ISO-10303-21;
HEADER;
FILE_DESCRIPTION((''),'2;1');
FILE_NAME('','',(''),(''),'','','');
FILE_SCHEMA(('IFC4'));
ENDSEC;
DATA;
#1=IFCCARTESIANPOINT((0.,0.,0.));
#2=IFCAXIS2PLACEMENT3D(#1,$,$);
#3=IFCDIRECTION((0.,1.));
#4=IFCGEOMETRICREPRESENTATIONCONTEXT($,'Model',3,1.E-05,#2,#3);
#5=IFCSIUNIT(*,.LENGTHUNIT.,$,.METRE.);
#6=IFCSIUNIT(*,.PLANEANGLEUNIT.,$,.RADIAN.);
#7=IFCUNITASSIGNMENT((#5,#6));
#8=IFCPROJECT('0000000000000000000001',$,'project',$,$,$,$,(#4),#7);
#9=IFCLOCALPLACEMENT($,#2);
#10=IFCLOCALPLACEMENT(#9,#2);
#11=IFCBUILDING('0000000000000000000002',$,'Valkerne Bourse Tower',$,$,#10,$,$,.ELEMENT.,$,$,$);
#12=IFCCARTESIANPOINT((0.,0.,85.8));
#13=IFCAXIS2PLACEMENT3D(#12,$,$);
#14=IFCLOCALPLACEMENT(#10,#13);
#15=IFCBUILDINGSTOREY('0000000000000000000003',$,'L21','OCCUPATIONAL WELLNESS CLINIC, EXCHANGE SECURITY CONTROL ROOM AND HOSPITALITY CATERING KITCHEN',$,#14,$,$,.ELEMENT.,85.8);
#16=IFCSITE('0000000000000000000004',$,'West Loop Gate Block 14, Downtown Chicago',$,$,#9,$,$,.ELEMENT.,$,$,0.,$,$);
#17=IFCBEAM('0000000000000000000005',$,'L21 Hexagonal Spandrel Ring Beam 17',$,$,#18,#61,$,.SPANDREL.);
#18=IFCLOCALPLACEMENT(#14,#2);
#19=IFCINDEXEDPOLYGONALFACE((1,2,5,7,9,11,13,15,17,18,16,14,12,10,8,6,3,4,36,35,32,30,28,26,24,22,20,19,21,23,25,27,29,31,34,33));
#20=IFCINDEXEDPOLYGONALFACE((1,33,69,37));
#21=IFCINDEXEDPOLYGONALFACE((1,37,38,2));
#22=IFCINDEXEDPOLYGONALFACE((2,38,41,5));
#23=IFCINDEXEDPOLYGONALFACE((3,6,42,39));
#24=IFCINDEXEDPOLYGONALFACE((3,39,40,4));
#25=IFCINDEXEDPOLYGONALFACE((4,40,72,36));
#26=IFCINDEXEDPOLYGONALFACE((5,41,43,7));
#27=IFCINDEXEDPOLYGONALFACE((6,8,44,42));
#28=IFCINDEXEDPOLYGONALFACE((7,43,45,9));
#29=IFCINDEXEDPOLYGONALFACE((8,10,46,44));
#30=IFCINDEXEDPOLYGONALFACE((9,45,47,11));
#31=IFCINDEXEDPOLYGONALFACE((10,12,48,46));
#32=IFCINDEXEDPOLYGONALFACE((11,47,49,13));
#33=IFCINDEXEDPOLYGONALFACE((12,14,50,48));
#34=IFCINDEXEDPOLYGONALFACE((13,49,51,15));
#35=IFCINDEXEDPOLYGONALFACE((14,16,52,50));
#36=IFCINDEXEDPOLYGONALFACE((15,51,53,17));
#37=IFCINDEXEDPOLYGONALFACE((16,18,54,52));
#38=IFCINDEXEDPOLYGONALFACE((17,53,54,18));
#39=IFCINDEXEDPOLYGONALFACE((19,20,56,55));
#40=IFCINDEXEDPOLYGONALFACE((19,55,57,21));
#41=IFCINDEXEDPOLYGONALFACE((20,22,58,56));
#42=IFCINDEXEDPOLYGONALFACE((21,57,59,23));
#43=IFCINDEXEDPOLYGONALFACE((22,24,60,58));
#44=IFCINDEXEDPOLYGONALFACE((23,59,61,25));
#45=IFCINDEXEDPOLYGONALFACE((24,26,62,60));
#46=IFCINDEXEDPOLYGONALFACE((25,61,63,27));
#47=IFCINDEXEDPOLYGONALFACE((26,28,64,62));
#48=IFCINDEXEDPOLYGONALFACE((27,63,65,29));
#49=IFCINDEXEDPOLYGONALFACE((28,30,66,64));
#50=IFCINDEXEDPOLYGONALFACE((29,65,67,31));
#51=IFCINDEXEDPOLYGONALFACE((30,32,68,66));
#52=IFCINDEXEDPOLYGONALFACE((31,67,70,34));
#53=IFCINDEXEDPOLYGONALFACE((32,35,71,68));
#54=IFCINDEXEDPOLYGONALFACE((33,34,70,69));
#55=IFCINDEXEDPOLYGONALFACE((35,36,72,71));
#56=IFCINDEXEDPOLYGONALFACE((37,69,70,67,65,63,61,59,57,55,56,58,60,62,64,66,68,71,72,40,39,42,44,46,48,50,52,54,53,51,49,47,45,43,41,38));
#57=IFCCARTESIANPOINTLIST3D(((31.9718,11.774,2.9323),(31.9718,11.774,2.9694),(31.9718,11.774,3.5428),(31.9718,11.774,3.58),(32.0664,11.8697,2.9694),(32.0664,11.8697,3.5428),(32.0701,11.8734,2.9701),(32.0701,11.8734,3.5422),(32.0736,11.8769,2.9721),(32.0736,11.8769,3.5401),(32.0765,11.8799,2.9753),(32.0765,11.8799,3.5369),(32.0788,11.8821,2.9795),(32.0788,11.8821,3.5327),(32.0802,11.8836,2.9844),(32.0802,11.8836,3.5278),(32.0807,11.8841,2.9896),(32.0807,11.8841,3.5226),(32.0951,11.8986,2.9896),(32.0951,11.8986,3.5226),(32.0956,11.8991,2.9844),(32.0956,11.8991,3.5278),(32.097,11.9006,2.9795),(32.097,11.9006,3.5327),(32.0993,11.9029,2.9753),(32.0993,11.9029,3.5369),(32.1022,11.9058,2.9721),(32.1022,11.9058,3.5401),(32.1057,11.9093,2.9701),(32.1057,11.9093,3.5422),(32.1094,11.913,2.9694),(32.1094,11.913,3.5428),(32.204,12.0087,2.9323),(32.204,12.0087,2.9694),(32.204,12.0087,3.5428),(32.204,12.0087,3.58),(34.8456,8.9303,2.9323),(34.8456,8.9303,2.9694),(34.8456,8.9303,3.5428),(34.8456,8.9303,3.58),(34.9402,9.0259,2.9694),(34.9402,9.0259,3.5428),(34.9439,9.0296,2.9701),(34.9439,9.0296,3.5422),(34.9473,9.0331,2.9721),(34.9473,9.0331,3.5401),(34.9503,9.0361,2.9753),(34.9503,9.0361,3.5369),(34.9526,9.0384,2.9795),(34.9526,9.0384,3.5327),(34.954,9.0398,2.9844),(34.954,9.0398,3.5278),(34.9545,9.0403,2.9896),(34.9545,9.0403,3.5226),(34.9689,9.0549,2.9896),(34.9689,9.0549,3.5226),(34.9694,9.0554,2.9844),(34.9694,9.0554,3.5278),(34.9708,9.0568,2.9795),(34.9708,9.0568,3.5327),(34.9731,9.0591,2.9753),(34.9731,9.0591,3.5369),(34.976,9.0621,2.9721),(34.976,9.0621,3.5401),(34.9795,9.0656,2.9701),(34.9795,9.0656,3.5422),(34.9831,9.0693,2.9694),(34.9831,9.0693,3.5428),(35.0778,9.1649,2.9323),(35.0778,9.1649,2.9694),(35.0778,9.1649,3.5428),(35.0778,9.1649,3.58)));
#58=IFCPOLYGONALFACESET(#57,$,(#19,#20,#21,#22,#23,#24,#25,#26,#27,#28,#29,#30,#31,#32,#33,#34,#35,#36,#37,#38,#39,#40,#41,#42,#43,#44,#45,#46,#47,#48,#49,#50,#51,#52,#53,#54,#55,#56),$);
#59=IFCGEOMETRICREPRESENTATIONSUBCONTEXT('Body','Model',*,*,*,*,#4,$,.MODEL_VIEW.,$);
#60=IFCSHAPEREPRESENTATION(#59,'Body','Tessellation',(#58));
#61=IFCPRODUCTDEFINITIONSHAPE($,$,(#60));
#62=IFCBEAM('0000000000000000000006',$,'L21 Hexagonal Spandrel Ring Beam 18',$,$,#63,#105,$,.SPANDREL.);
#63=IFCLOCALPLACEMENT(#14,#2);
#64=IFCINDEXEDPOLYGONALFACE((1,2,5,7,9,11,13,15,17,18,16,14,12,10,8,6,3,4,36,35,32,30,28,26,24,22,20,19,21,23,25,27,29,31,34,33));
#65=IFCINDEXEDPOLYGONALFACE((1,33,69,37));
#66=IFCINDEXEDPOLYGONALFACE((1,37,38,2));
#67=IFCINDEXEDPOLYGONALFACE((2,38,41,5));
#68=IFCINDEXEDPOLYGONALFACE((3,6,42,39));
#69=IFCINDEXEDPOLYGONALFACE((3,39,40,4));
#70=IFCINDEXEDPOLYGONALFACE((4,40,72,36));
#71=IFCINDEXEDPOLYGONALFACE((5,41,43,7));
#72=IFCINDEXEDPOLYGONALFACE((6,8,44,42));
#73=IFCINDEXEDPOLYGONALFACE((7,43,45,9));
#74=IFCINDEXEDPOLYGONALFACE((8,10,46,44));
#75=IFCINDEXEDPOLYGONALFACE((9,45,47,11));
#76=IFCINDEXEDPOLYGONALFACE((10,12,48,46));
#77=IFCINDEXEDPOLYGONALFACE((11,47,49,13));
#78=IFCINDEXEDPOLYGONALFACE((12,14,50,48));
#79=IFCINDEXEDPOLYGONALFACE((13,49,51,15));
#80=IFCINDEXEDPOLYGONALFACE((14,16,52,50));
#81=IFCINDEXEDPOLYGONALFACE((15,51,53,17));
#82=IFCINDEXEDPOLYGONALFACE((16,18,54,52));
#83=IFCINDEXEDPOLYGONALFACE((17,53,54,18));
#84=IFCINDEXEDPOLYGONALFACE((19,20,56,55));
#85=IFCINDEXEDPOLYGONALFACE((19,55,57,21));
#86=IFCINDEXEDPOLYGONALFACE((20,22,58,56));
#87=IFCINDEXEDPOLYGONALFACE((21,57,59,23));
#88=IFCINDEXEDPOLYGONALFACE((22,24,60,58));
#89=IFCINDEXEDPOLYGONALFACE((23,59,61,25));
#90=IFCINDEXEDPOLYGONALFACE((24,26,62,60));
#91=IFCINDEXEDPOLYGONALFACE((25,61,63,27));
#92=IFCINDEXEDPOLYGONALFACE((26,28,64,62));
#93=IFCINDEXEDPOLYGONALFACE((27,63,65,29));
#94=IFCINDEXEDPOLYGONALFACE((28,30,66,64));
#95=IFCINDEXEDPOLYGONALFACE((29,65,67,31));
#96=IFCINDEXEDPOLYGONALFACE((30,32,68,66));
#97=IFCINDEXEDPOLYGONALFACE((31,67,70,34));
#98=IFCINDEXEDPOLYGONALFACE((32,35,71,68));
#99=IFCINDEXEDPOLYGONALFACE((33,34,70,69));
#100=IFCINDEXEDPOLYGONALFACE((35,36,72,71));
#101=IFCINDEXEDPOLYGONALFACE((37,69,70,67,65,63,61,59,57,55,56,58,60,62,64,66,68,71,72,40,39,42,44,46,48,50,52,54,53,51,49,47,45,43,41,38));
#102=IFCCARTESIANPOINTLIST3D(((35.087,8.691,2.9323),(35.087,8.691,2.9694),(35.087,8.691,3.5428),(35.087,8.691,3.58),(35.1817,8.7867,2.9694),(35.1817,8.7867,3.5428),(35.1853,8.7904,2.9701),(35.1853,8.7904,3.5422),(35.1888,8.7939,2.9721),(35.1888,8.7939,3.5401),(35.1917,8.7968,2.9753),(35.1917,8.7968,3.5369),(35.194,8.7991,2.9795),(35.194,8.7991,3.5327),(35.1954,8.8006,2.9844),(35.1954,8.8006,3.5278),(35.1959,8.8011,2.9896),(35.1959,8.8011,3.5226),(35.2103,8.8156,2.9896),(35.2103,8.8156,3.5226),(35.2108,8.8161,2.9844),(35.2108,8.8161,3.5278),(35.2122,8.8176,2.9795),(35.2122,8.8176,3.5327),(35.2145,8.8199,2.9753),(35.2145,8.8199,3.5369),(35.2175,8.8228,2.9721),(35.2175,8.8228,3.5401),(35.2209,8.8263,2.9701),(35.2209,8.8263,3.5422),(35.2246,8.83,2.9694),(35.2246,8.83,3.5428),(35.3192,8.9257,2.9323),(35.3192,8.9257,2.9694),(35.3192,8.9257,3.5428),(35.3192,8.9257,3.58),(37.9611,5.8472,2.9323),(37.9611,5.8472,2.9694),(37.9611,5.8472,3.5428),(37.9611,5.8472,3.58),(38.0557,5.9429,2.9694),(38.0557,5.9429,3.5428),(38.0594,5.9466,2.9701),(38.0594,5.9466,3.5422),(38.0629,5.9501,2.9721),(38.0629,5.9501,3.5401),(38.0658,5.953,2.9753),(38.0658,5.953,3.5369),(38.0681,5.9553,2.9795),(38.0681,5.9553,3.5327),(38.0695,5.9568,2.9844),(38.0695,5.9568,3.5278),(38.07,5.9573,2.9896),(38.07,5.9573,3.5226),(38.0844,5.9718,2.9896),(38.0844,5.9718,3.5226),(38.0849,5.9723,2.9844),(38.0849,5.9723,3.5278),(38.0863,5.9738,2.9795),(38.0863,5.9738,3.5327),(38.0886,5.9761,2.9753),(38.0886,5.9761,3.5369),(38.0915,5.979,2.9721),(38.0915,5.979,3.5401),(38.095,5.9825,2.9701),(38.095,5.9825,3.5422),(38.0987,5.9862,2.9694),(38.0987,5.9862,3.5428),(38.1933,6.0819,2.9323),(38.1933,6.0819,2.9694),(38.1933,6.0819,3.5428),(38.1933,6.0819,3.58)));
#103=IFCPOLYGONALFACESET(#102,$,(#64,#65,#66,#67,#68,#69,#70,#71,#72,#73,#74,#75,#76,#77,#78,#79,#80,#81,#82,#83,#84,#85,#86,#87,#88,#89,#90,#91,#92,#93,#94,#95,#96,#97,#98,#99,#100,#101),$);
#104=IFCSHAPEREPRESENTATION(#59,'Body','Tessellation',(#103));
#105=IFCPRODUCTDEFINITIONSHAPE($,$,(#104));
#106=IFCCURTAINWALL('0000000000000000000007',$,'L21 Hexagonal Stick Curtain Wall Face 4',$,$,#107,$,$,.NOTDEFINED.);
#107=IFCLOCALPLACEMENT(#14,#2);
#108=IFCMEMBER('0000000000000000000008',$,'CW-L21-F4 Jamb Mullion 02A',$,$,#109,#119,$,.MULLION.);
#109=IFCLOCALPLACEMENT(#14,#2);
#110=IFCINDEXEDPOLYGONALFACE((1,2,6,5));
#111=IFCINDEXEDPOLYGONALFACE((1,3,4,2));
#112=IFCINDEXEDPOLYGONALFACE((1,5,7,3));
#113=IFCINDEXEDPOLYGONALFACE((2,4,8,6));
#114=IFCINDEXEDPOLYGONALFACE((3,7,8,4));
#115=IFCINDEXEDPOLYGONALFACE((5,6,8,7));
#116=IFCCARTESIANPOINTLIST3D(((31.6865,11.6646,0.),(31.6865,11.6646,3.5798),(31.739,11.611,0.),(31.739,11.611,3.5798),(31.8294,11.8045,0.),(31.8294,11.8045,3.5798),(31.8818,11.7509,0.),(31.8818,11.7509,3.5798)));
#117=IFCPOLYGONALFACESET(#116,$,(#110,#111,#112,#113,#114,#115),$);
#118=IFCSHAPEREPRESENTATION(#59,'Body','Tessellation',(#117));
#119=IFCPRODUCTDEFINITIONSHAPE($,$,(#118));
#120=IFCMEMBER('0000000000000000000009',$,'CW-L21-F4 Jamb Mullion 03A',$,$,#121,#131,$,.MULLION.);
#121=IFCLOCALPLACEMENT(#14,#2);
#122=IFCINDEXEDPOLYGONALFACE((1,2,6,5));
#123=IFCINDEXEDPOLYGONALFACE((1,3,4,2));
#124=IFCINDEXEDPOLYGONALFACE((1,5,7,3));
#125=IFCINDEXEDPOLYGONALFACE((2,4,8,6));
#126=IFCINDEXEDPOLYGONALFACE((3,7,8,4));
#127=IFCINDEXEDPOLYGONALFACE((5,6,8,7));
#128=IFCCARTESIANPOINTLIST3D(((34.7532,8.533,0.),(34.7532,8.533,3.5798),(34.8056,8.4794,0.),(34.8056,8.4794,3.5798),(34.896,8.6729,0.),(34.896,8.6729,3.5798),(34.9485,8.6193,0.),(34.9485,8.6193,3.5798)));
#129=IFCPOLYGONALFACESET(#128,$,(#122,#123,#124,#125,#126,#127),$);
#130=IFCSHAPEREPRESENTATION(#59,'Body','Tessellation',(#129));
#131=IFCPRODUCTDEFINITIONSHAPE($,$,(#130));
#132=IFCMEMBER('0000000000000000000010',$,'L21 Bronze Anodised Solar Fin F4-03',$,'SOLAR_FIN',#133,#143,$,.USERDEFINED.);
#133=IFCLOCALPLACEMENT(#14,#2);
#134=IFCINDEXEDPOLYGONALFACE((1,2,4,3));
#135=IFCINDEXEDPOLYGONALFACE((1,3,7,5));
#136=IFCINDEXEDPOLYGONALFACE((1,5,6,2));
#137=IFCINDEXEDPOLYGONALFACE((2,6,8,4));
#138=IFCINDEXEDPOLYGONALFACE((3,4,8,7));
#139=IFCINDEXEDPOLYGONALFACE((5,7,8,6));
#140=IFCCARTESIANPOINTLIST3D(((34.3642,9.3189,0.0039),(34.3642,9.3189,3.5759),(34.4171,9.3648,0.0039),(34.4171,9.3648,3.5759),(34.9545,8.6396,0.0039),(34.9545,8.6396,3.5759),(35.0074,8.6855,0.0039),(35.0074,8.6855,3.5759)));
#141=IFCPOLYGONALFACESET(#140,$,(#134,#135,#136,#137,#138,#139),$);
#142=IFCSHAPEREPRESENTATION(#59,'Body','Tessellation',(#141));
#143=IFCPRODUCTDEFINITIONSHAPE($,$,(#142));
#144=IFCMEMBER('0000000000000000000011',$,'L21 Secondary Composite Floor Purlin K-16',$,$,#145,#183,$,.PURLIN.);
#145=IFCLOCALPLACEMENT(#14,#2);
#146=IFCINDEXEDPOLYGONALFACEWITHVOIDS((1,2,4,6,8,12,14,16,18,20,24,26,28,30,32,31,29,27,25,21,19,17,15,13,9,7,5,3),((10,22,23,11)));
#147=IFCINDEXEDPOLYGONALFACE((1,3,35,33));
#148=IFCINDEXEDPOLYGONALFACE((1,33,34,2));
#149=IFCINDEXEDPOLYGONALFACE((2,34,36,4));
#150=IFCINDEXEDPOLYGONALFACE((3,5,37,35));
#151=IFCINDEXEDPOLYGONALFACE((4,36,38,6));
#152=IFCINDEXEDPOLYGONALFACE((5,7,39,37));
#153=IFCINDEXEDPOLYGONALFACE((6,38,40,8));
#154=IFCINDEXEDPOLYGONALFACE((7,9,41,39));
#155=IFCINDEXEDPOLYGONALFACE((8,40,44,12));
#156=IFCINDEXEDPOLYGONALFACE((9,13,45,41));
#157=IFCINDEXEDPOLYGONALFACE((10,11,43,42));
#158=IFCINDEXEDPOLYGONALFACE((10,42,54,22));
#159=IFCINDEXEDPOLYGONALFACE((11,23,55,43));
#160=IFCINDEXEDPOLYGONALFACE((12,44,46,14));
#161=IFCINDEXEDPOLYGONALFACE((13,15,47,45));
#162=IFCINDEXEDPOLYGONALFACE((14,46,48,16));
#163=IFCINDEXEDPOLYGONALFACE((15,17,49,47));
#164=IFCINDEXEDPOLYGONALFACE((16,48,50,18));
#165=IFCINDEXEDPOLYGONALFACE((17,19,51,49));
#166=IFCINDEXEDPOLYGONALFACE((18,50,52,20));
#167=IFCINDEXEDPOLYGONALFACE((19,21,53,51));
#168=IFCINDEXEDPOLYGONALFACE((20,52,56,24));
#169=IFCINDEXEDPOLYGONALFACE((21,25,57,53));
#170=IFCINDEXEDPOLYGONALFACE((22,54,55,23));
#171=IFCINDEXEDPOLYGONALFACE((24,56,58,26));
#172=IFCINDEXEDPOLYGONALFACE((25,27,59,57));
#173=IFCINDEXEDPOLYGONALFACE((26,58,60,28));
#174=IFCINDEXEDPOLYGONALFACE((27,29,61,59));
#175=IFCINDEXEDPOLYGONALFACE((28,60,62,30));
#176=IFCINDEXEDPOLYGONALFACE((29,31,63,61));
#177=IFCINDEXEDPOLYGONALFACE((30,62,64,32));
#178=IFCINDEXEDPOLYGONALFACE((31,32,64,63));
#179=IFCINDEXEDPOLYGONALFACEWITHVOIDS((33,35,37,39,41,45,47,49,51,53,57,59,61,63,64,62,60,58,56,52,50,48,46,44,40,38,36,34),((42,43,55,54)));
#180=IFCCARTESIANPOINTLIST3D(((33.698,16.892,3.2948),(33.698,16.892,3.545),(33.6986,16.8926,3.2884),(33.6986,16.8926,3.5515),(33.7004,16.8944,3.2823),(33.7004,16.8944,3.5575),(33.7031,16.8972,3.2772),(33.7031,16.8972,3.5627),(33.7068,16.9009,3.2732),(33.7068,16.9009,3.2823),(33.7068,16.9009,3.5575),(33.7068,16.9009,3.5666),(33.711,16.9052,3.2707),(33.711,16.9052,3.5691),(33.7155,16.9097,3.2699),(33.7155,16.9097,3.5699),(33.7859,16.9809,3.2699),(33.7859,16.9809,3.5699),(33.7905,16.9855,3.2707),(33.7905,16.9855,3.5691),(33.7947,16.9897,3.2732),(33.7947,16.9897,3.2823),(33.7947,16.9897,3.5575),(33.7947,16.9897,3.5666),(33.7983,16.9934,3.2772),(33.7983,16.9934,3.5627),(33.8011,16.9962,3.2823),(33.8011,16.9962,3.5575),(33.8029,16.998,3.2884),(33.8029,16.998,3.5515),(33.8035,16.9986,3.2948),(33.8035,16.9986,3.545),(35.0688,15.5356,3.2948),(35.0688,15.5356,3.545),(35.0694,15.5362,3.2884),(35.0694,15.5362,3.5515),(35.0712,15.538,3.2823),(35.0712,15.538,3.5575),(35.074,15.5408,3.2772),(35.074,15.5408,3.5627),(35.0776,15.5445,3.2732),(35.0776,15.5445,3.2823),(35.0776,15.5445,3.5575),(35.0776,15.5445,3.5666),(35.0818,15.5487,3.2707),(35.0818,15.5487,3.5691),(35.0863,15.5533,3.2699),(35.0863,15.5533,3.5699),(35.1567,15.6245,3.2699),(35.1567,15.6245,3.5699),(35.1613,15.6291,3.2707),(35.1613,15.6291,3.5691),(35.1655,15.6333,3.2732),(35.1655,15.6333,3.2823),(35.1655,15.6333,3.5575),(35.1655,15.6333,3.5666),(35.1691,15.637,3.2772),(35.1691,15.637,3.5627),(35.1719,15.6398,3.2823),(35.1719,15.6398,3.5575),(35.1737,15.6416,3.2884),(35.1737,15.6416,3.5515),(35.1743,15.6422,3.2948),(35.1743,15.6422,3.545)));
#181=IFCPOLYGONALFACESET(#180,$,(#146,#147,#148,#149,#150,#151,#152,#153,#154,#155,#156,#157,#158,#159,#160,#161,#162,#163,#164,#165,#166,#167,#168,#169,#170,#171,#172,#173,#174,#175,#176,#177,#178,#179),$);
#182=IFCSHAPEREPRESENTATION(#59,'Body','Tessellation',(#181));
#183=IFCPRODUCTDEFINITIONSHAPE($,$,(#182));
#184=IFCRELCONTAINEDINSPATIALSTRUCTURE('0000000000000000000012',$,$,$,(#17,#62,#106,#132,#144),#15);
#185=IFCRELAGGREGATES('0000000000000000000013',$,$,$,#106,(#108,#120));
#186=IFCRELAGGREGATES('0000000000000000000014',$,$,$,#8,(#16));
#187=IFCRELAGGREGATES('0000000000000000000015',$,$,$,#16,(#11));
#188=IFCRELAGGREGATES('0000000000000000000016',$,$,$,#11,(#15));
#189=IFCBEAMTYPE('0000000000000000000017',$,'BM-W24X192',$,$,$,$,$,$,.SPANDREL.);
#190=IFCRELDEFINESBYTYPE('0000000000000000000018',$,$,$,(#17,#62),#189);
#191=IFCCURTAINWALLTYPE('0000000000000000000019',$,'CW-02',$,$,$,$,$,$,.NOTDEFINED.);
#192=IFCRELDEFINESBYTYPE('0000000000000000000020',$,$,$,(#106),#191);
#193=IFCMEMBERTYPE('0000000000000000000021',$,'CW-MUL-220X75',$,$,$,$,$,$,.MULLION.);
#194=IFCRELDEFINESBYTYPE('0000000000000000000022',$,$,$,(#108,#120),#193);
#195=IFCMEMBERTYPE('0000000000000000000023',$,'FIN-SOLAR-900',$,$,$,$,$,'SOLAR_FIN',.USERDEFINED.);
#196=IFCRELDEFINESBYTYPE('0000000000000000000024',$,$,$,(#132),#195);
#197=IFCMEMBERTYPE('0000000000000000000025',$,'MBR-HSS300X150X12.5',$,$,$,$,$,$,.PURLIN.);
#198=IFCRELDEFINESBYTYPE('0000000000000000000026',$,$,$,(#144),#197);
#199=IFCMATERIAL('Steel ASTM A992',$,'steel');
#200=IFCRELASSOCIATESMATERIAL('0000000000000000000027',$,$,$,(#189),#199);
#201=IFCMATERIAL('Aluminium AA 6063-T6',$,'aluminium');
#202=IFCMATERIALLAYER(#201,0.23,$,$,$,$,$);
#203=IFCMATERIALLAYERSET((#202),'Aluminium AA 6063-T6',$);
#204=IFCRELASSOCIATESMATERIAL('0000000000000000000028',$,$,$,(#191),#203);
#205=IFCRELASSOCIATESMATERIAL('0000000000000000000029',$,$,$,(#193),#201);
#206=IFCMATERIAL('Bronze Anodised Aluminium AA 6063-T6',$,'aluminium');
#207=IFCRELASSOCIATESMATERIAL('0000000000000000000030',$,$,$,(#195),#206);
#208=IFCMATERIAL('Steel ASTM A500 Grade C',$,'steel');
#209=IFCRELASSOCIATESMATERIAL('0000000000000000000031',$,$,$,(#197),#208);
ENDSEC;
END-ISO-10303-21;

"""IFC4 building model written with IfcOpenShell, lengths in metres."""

from ifc_helpers import new_model, si_unit, direction, frame, origin, origin_2d, place, context, subcontext, project, spatial, rectangle, hollow_rectangle, i_section, extrude, material, layer, layer_set, material_profile, profile_set, type_object, element, aggregate, save


model = new_model("IFC4")

# Units and contexts
model_context = context("Model", 3, precision=1e-05, world=origin(), true_north=direction((0.0, 1.0)))
body_context = subcontext(model_context, "Body", "Model", "MODEL_VIEW")
ifc_project = project(units=[si_unit("LENGTHUNIT", "METRE"), si_unit("PLANEANGLEUNIT", "RADIAN")], contexts=[model_context])

# Site, building, storey
site_placement = place(None, origin())
site = spatial("IfcSite", under=ifc_project, at=site_placement, Name="West Loop Gate Block 14, Downtown Chicago", CompositionType="ELEMENT", RefElevation=0.0)
building_placement = place(site_placement, origin())
building = spatial("IfcBuilding", under=site, at=building_placement, Name="Valkerne Bourse Tower", CompositionType="ELEMENT")
storey_placement = place(building_placement, frame((0.0, 0.0, 85.8)))
storey = spatial("IfcBuildingStorey", under=building, at=storey_placement, Name="L21", Description="OCCUPATIONAL WELLNESS CLINIC, EXCHANGE SECURITY CONTROL ROOM AND HOSPITALITY CATERING KITCHEN", CompositionType="ELEMENT", Elevation=85.8)

# Beams
ifc_material_1 = material(Name="Steel ASTM A992", Category="steel")
ifc_material_profile_1 = material_profile(ifc_material_1, i_section(OverallWidth=0.3301, OverallDepth=0.6477, WebThickness=0.0205, FlangeThickness=0.0371, FilletRadius=0.0203, at=origin_2d()), Name="W24X192")
ifc_profile_set_1 = profile_set([ifc_material_profile_1], Name="Steel ASTM A992")
beam_type_1 = type_object("IfcBeamType", Name="BM-W24X192", PredefinedType="SPANDREL", material=ifc_profile_set_1)
beam_1_placement = place(storey_placement, frame((32.0879, 11.8914, 3.2561), z_axis=(0.710811, -0.703383, 0.0), x_axis=(0.703383, 0.710811, 0.0)))
element("IfcBeam", 1, at=beam_1_placement, inside=storey, type_object=beam_type_1, Name="L21 Hexagonal Spandrel Ring Beam 17", PredefinedType="SPANDREL", context=body_context, shape_type="SweptSolid", body=[
    extrude(i_section(OverallWidth=0.3301, OverallDepth=0.6477, WebThickness=0.0205, FlangeThickness=0.0371, FilletRadius=0.0203, at=origin_2d()), origin(), (0.0, 0.0, 1.0), 4.043),
])
beam_2_placement = place(storey_placement, frame((35.2031, 8.8083, 3.2561), z_axis=(0.710841, -0.703353, 0.0), x_axis=(0.703353, 0.710841, 0.0)))
element("IfcBeam", 2, at=beam_2_placement, inside=storey, type_object=beam_type_1, Name="L21 Hexagonal Spandrel Ring Beam 18", PredefinedType="SPANDREL", context=body_context, shape_type="SweptSolid", body=[
    extrude(i_section(OverallWidth=0.3301, OverallDepth=0.6477, WebThickness=0.0205, FlangeThickness=0.0371, FilletRadius=0.0203, at=origin_2d()), origin(), (0.0, 0.0, 1.0), 4.0432),
])

# Curtain wall, members
ifc_material_2 = material(Name="Aluminium AA 6063-T6", Category="aluminium")
ifc_layer_1 = layer(ifc_material_2, 0.23)
ifc_layer_set_1 = layer_set([ifc_layer_1], Name="Aluminium AA 6063-T6")
curtain_wall_type = type_object("IfcCurtainWallType", Name="CW-02", PredefinedType="NOTDEFINED", material=ifc_layer_set_1)
curtain_wall_placement = place(storey_placement, origin())
curtain_wall = element("IfcCurtainWall", 3, at=curtain_wall_placement, inside=storey, type_object=curtain_wall_type, Name="L21 Hexagonal Stick Curtain Wall Face 4", PredefinedType="NOTDEFINED")
ifc_material_profile_2 = material_profile(ifc_material_2, rectangle(XDim=0.075, YDim=0.2, at=origin_2d()), Name="CWM-75X200")
ifc_profile_set_2 = profile_set([ifc_material_profile_2], Name="Aluminium AA 6063-T6")
member_type_1 = type_object("IfcMemberType", Name="CW-MUL-220X75", PredefinedType="MULLION", material=ifc_profile_set_2)
member_1_placement = place(storey_placement, frame((31.7842, 11.7078, 0.0), z_axis=(0.0, 0.0, 1.0), x_axis=(0.699664, -0.714472, 0.0)))
member_1 = element("IfcMember", 4, at=member_1_placement, type_object=member_type_1, Name="CW-L21-F4 Jamb Mullion 02A", PredefinedType="MULLION", context=body_context, shape_type="SweptSolid", body=[
    extrude(rectangle(XDim=0.075, YDim=0.2, at=origin_2d()), origin(), (0.0, 0.0, 1.0), 3.5798),
])
member_2_placement = place(storey_placement, frame((34.8508, 8.5762, 0.0), z_axis=(0.0, 0.0, 1.0), x_axis=(0.699665, -0.714471, 0.0)))
member_2 = element("IfcMember", 5, at=member_2_placement, type_object=member_type_1, Name="CW-L21-F4 Jamb Mullion 03A", PredefinedType="MULLION", context=body_context, shape_type="SweptSolid", body=[
    extrude(rectangle(XDim=0.075, YDim=0.2, at=origin_2d()), origin(), (0.0, 0.0, 1.0), 3.5798),
])

# Members
ifc_material_3 = material(Name="Bronze Anodised Aluminium AA 6063-T6", Category="aluminium")
ifc_material_profile_3 = material_profile(ifc_material_3, rectangle(XDim=0.0701, YDim=0.8999, at=origin_2d()), Name="FIN-70X900")
ifc_profile_set_3 = profile_set([ifc_material_profile_3], Name="Bronze Anodised Aluminium AA 6063-T6")
member_type_2 = type_object("IfcMemberType", Name="FIN-SOLAR-900", ElementType="SOLAR_FIN", PredefinedType="USERDEFINED", material=ifc_profile_set_3)
member_3_placement = place(storey_placement, frame((34.6858, 9.0022, 0.0039), z_axis=(0.0, 0.0, 1.0), x_axis=(-0.75483, -0.655921, 0.0)))
element("IfcMember", 6, at=member_3_placement, inside=storey, type_object=member_type_2, Name="L21 Bronze Anodised Solar Fin F4-03", ObjectType="SOLAR_FIN", PredefinedType="USERDEFINED", context=body_context, shape_type="SweptSolid", body=[
    extrude(rectangle(XDim=0.0701, YDim=0.8999, at=origin_2d()), origin(), (0.0, 0.0, 1.0), 3.572),
])
ifc_material_4 = material(Name="Steel ASTM A500 Grade C", Category="steel")
ifc_material_profile_4 = material_profile(ifc_material_4, hollow_rectangle(XDim=0.1499, YDim=0.3, WallThickness=0.0125, OuterFilletRadius=0.0249, at=origin_2d()), Name="HSS300X150X12.5")
ifc_profile_set_4 = profile_set([ifc_material_profile_4], Name="Steel ASTM A500 Grade C")
member_type_3 = type_object("IfcMemberType", Name="MBR-HSS300X150X12.5", PredefinedType="PURLIN", material=ifc_profile_set_4)
member_4_placement = place(storey_placement, frame((33.7507, 16.9453, 3.4199), z_axis=(0.710831, -0.703362, 0.0), x_axis=(0.703362, 0.710831, 0.0)))
element("IfcMember", 7, at=member_4_placement, inside=storey, type_object=member_type_3, Name="L21 Secondary Composite Floor Purlin K-16", PredefinedType="PURLIN", context=body_context, shape_type="SweptSolid", body=[
    extrude(hollow_rectangle(XDim=0.1499, YDim=0.3, WallThickness=0.0125, OuterFilletRadius=0.0249, at=origin_2d()), origin(), (0.0, 0.0, 1.0), 1.9285),
])

aggregate(curtain_wall, [member_1, member_2])

save(model, "model.ifc")
